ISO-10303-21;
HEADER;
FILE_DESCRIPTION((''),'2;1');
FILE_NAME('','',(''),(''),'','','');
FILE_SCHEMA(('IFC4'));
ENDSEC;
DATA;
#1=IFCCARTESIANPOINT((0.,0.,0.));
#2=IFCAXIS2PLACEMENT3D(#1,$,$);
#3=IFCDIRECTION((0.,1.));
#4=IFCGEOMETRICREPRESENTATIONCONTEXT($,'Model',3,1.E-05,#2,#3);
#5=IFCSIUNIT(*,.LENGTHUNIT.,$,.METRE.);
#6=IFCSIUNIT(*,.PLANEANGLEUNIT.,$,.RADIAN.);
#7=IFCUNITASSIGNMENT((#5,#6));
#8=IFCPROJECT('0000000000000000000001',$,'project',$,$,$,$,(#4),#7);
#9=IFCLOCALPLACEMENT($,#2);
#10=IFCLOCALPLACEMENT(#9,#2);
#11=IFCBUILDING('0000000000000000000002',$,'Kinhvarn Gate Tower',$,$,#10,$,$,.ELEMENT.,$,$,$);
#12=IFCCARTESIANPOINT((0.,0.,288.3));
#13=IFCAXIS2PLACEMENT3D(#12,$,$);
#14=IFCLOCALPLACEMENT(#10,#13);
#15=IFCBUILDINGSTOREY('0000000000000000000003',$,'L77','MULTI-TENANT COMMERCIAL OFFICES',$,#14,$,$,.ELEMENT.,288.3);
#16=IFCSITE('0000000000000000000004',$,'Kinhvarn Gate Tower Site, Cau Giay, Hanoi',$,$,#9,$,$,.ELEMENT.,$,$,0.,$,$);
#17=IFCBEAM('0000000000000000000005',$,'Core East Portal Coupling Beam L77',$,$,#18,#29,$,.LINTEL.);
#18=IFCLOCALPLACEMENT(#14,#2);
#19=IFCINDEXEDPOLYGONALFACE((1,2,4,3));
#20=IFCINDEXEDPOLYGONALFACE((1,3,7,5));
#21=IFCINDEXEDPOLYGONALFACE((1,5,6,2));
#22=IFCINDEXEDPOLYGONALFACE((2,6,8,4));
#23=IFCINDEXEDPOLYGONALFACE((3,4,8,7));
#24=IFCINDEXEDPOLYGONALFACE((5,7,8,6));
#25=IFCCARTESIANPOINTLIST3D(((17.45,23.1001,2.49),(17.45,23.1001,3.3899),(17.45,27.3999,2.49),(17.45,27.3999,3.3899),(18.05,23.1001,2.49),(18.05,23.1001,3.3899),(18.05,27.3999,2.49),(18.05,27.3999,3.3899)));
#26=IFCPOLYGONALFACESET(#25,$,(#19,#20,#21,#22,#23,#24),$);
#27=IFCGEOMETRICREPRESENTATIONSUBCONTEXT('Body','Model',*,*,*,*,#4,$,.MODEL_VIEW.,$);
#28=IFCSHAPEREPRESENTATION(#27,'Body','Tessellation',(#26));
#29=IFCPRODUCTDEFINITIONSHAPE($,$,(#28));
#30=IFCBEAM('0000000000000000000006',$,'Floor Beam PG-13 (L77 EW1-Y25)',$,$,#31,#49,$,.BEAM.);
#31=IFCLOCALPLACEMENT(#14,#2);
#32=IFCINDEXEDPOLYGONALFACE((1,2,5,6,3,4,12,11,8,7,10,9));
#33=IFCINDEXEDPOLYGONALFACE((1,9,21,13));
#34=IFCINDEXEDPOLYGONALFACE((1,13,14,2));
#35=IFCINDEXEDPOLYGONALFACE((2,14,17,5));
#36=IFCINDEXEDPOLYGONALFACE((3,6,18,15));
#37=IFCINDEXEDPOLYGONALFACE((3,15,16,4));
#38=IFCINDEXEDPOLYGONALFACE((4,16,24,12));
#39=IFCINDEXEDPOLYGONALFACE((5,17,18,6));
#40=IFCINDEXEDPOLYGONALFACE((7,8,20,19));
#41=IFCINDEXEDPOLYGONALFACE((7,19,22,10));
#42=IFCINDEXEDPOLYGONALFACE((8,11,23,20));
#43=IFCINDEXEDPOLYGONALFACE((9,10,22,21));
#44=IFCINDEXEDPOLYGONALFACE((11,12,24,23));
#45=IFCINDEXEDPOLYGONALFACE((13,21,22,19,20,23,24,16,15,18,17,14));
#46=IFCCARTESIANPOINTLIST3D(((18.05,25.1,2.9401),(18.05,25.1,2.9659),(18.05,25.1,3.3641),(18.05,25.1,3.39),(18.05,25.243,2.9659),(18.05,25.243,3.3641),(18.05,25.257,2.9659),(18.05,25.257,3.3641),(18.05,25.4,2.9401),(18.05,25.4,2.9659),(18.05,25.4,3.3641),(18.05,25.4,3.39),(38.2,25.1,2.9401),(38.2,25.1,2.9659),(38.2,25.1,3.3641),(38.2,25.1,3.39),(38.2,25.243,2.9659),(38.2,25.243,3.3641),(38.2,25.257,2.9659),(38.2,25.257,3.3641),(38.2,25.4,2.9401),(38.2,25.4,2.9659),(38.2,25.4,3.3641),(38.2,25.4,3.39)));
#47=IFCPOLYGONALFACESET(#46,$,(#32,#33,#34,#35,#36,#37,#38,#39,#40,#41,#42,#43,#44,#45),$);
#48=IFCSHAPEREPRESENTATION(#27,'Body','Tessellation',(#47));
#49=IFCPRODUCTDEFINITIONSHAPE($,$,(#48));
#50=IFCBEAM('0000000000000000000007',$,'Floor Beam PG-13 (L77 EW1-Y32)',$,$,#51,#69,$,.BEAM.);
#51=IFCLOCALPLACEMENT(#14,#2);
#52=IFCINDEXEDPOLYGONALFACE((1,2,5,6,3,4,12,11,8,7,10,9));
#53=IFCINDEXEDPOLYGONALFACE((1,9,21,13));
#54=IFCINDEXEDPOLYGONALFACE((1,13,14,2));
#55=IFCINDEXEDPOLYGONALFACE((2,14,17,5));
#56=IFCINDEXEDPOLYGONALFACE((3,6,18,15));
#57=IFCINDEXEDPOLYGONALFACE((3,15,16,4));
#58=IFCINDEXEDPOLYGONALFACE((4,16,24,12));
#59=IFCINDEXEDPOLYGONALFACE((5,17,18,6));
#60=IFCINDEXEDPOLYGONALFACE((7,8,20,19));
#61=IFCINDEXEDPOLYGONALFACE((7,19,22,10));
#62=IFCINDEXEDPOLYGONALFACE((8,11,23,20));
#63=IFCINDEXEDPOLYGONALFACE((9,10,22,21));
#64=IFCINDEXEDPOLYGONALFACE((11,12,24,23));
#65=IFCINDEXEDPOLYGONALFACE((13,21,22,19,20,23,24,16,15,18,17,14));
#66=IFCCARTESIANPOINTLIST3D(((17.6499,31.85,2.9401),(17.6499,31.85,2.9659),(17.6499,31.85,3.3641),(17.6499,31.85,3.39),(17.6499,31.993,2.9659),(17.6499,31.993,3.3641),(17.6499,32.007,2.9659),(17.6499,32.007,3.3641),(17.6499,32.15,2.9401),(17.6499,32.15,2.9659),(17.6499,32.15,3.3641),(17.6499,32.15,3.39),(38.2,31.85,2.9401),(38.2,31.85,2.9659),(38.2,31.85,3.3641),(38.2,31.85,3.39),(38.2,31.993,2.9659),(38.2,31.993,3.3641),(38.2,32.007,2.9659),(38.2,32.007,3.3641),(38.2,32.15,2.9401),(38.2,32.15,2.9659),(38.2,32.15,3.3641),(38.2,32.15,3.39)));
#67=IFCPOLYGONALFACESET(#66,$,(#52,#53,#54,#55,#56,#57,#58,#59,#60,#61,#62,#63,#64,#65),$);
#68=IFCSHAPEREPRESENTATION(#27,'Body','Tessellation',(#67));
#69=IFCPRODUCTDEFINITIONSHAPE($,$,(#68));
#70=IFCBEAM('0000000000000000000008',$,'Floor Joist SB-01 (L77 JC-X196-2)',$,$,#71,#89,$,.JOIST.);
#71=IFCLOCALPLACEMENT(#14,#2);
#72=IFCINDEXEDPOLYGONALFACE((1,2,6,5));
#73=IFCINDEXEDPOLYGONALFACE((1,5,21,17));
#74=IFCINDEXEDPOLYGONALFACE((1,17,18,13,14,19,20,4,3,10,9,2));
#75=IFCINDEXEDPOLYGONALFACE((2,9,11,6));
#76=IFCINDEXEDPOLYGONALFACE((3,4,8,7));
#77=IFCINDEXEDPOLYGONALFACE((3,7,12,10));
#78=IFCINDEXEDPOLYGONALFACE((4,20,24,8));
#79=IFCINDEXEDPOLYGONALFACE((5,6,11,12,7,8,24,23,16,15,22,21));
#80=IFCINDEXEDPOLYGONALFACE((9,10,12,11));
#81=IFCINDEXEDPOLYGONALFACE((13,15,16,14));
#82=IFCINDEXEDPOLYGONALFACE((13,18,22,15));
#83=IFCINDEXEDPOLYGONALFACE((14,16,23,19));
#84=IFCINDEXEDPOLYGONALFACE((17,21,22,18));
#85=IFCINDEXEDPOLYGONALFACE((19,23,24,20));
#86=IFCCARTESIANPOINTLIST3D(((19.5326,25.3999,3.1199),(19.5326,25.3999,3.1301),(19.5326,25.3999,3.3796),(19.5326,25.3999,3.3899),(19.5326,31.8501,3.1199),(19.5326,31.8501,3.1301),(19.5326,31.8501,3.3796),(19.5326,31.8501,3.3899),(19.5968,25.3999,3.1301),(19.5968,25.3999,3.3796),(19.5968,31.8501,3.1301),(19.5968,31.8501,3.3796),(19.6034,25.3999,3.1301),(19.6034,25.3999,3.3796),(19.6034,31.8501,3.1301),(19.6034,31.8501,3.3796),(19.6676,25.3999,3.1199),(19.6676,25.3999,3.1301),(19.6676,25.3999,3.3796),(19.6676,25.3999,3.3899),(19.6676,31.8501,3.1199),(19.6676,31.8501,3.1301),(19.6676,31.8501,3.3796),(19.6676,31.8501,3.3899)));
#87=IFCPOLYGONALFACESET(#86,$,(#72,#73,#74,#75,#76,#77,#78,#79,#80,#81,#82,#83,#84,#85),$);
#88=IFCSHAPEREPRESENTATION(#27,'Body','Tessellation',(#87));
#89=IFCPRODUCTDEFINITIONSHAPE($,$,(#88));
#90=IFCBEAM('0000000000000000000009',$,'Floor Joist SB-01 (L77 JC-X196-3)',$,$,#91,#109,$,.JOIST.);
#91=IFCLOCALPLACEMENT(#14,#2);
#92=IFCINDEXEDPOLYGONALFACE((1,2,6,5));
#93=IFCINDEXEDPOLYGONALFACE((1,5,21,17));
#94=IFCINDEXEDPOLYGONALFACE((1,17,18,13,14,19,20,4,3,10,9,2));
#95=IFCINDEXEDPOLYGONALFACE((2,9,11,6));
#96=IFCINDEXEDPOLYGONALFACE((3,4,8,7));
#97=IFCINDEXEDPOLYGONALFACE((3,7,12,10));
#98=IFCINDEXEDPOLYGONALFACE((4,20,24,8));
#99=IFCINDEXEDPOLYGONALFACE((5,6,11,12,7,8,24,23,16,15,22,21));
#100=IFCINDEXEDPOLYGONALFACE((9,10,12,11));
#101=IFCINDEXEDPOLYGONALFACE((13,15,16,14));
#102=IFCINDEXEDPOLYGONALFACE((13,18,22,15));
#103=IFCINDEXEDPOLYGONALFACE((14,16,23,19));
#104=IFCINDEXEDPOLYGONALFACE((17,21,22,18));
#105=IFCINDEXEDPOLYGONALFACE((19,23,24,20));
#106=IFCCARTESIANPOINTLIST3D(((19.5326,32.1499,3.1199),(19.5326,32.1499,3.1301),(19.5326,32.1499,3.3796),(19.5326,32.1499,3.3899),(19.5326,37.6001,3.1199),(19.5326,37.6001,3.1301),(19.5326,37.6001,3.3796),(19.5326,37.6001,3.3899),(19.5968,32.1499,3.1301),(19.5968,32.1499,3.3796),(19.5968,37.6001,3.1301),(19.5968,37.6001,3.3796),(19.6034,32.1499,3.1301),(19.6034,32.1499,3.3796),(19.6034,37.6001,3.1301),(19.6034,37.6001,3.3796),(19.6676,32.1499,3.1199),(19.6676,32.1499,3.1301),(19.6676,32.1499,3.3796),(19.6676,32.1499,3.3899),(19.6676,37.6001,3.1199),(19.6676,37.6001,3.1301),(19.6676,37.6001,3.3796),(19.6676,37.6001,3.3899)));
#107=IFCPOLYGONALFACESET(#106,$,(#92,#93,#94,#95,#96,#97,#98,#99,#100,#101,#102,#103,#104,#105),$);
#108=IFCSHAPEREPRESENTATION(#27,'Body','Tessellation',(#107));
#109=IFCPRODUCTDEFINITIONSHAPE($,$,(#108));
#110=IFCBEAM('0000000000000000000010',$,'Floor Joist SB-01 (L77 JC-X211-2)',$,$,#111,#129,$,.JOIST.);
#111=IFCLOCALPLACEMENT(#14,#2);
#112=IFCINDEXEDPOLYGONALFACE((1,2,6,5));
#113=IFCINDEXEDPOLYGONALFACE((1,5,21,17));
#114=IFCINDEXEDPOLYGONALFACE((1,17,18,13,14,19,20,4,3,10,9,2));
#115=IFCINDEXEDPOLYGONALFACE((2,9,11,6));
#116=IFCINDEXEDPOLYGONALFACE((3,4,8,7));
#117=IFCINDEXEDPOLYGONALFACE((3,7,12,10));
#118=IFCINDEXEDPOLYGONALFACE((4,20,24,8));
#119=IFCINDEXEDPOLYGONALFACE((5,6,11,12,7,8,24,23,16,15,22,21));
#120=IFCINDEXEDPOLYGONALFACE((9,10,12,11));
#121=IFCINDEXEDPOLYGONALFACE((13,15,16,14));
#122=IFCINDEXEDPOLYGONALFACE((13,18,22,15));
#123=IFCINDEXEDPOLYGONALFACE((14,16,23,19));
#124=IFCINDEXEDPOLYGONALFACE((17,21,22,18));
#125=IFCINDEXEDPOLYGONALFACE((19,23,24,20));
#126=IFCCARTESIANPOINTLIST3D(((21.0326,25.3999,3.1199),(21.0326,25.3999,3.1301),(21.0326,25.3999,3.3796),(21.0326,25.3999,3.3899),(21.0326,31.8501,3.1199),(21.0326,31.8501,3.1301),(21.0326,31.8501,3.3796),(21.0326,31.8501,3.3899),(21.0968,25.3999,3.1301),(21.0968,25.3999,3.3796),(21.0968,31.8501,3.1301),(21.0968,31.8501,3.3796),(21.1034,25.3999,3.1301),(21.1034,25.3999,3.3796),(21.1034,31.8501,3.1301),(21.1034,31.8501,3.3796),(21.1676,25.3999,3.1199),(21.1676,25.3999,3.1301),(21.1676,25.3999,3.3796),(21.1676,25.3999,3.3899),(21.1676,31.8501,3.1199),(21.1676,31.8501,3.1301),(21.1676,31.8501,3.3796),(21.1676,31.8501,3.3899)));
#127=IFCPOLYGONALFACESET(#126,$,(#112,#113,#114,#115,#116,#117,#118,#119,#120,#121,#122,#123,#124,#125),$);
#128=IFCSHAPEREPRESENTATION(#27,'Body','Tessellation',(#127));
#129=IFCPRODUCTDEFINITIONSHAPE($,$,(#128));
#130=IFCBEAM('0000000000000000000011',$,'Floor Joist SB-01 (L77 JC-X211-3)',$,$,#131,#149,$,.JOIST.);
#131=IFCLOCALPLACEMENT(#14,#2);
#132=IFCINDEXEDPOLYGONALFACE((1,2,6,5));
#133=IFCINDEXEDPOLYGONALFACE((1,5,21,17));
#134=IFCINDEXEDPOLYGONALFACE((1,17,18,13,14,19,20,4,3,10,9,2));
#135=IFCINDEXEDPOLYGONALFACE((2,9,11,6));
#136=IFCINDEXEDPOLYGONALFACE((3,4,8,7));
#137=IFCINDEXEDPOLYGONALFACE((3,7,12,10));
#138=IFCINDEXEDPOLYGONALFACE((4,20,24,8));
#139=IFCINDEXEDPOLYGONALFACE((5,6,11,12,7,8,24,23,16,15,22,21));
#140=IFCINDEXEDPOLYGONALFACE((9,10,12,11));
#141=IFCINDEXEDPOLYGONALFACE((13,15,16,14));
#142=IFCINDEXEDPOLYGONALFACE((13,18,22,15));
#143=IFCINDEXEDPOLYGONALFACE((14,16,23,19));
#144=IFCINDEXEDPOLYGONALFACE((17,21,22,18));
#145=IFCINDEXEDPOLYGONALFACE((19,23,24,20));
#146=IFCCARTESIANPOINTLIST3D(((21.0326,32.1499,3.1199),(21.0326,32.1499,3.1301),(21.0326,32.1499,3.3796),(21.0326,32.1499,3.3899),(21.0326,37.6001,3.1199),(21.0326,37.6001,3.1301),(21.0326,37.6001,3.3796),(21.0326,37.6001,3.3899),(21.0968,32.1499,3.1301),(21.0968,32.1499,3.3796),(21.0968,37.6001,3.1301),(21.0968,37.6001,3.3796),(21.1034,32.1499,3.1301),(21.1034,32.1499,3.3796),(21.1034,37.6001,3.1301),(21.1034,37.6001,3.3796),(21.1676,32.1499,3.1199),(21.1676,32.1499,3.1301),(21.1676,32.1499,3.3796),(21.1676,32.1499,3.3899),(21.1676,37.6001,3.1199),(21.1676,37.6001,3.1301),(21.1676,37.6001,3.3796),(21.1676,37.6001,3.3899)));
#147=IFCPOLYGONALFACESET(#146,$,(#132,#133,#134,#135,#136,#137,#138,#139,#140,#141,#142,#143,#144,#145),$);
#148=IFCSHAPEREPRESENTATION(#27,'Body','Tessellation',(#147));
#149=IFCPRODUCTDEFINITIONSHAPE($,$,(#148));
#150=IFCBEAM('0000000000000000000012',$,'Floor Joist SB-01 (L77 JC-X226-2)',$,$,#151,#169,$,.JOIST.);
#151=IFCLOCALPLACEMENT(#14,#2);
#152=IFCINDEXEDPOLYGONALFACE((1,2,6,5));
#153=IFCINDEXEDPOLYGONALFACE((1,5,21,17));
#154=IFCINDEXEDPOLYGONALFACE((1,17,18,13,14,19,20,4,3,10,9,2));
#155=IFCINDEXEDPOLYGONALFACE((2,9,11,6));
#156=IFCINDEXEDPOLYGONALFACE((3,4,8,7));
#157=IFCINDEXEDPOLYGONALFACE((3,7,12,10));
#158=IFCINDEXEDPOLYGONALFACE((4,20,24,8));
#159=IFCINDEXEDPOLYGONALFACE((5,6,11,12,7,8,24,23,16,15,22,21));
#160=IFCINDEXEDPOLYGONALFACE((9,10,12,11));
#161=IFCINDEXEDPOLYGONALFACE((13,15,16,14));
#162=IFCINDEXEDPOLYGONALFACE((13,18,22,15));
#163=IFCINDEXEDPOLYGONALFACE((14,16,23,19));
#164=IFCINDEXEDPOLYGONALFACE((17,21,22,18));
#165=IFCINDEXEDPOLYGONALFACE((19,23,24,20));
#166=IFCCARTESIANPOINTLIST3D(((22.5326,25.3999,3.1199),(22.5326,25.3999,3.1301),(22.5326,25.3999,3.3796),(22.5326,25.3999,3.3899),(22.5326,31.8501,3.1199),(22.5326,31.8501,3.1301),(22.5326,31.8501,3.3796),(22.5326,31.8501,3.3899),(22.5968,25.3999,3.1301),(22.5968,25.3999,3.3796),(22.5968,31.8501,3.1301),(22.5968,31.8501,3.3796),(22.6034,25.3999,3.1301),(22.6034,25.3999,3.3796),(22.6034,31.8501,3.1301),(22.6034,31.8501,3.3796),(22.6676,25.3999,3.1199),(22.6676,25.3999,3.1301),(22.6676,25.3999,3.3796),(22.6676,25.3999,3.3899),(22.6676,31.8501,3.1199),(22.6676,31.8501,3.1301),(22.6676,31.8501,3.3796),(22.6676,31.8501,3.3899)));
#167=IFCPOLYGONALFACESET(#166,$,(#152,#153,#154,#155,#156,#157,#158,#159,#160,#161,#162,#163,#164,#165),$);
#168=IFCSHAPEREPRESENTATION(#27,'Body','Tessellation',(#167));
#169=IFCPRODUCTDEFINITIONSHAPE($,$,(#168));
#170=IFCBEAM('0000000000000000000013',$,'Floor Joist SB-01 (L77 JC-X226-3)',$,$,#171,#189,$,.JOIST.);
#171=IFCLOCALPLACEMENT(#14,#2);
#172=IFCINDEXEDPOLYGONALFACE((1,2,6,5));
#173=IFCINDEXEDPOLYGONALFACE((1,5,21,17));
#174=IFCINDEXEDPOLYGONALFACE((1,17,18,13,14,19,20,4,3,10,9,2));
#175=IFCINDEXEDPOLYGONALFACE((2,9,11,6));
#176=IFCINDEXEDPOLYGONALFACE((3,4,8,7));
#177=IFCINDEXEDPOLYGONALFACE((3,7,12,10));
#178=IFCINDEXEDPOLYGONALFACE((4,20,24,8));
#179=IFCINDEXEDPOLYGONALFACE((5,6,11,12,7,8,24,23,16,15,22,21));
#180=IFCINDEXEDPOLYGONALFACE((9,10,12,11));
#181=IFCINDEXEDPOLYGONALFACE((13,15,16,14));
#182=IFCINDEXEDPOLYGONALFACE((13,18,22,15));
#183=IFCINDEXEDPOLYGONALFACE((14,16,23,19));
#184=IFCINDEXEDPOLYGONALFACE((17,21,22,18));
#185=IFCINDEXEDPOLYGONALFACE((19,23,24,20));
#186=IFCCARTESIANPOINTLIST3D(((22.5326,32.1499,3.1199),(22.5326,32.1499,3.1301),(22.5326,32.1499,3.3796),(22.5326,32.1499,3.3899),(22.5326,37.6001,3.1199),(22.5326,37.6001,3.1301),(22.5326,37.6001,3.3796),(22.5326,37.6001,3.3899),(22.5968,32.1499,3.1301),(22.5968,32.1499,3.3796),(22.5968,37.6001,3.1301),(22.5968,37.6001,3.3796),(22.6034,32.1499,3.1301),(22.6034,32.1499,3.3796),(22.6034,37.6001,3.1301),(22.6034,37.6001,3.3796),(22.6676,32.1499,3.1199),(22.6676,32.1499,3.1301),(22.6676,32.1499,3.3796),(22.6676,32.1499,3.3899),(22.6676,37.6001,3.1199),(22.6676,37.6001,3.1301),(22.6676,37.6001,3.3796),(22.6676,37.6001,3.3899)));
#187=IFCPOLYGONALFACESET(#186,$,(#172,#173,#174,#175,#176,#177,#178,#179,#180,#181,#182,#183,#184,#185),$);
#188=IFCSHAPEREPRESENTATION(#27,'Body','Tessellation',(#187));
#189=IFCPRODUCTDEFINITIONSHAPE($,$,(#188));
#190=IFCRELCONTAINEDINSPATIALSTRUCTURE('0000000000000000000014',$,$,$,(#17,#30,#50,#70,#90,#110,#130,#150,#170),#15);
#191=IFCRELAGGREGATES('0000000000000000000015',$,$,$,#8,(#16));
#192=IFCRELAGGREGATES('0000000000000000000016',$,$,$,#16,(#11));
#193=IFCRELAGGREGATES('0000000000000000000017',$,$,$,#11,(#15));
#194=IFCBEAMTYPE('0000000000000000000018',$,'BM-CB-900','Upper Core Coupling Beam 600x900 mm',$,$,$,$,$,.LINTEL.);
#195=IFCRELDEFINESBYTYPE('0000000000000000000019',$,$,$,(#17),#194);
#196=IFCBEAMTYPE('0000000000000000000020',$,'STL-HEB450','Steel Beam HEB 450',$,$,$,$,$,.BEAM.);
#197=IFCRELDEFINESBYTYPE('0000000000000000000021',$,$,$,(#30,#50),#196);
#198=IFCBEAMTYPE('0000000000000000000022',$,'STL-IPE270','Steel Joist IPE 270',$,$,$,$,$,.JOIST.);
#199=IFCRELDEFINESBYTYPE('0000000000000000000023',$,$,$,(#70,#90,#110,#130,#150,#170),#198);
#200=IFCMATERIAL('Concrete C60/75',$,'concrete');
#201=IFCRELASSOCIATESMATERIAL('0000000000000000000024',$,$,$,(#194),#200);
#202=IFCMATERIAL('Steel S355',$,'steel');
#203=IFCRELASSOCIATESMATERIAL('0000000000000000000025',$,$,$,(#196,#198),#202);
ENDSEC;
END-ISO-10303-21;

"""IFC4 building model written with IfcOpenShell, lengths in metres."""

from ifc_helpers import new_model, si_unit, direction, frame, origin, origin_2d, place, context, subcontext, project, spatial, rectangle, i_section, extrude, material, material_profile, profile_set, type_object, element, save


model = new_model("IFC4")

# Units and contexts
model_context = context("Model", 3, precision=1e-05, world=origin(), true_north=direction((0.0, 1.0)))
body_context = subcontext(model_context, "Body", "Model", "MODEL_VIEW")
ifc_project = project(units=[si_unit("LENGTHUNIT", "METRE"), si_unit("PLANEANGLEUNIT", "RADIAN")], contexts=[model_context])

# Site, building, storey
site_placement = place(None, origin())
site = spatial("IfcSite", under=ifc_project, at=site_placement, Name="Kinhvarn Gate Tower Site, Cau Giay, Hanoi", CompositionType="ELEMENT", RefElevation=0.0)
building_placement = place(site_placement, origin())
building = spatial("IfcBuilding", under=site, at=building_placement, Name="Kinhvarn Gate Tower", CompositionType="ELEMENT")
storey_placement = place(building_placement, frame((0.0, 0.0, 288.3)))
storey = spatial("IfcBuildingStorey", under=building, at=storey_placement, Name="L77", Description="MULTI-TENANT COMMERCIAL OFFICES", CompositionType="ELEMENT", Elevation=288.3)

# Beams
ifc_material_1 = material(Name="Concrete C60/75", Category="concrete")
ifc_material_profile_1 = material_profile(ifc_material_1, rectangle(XDim=0.6001, YDim=0.8999, at=origin_2d()), Name="RC 600x900")
ifc_profile_set_1 = profile_set([ifc_material_profile_1], Name="Concrete C60/75")
beam_type_1 = type_object("IfcBeamType", Name="BM-CB-900", Description="Upper Core Coupling Beam 600x900 mm", PredefinedType="LINTEL", material=ifc_profile_set_1)
beam_1_placement = place(storey_placement, frame((17.75, 23.1001, 2.9399), z_axis=(0.0, 1.0, 0.0), x_axis=(-1.0, 0.0, 0.0)))
element("IfcBeam", 1, at=beam_1_placement, inside=storey, type_object=beam_type_1, Name="Core East Portal Coupling Beam L77", PredefinedType="LINTEL", context=body_context, shape_type="SweptSolid", body=[
    extrude(rectangle(XDim=0.6001, YDim=0.8999, at=origin_2d()), origin(), (0.0, 0.0, 1.0), 4.2998),
])
ifc_material_2 = material(Name="Steel S355", Category="steel")
ifc_material_profile_2 = material_profile(ifc_material_2, i_section(OverallWidth=0.3, OverallDepth=0.45, WebThickness=0.0139, FlangeThickness=0.0259, at=origin_2d()), Name="HEB 450")
ifc_profile_set_2 = profile_set([ifc_material_profile_2], Name="Steel S355")
beam_type_2 = type_object("IfcBeamType", Name="STL-HEB450", Description="Steel Beam HEB 450", PredefinedType="BEAM", material=ifc_profile_set_2)
beam_2_placement = place(storey_placement, frame((18.05, 25.25, 3.165), z_axis=(1.0, 0.0, 0.0), x_axis=(0.0, 1.0, 0.0)))
element("IfcBeam", 2, at=beam_2_placement, inside=storey, type_object=beam_type_2, Name="Floor Beam PG-13 (L77 EW1-Y25)", PredefinedType="BEAM", context=body_context, shape_type="SweptSolid", body=[
    extrude(i_section(OverallWidth=0.3, OverallDepth=0.45, WebThickness=0.0139, FlangeThickness=0.0259, at=origin_2d()), origin(), (0.0, 0.0, 1.0), 20.1499),
])
beam_3_placement = place(storey_placement, frame((17.6499, 32.0, 3.165), z_axis=(1.0, 0.0, 0.0), x_axis=(0.0, 1.0, 0.0)))
element("IfcBeam", 3, at=beam_3_placement, inside=storey, type_object=beam_type_2, Name="Floor Beam PG-13 (L77 EW1-Y32)", PredefinedType="BEAM", context=body_context, shape_type="SweptSolid", body=[
    extrude(i_section(OverallWidth=0.3, OverallDepth=0.45, WebThickness=0.0139, FlangeThickness=0.0259, at=origin_2d()), origin(), (0.0, 0.0, 1.0), 20.55),
])
ifc_material_profile_3 = material_profile(ifc_material_2, i_section(OverallWidth=0.135, OverallDepth=0.27, WebThickness=0.0066, FlangeThickness=0.0103, at=origin_2d()), Name="IPE 270")
ifc_profile_set_3 = profile_set([ifc_material_profile_3], Name="Steel S355")
beam_type_3 = type_object("IfcBeamType", Name="STL-IPE270", Description="Steel Joist IPE 270", PredefinedType="JOIST", material=ifc_profile_set_3)
beam_4_placement = place(storey_placement, frame((19.6001, 25.3999, 3.2549), z_axis=(0.0, 1.0, 0.0), x_axis=(-1.0, 0.0, 0.0)))
element("IfcBeam", 4, at=beam_4_placement, inside=storey, type_object=beam_type_3, Name="Floor Joist SB-01 (L77 JC-X196-2)", PredefinedType="JOIST", context=body_context, shape_type="SweptSolid", body=[
    extrude(i_section(OverallWidth=0.135, OverallDepth=0.27, WebThickness=0.0066, FlangeThickness=0.0103, at=origin_2d()), origin(), (0.0, 0.0, 1.0), 6.4502),
])
beam_5_placement = place(storey_placement, frame((19.6001, 32.1499, 3.2549), z_axis=(0.0, 1.0, 0.0), x_axis=(-1.0, 0.0, 0.0)))
element("IfcBeam", 5, at=beam_5_placement, inside=storey, type_object=beam_type_3, Name="Floor Joist SB-01 (L77 JC-X196-3)", PredefinedType="JOIST", context=body_context, shape_type="SweptSolid", body=[
    extrude(i_section(OverallWidth=0.135, OverallDepth=0.27, WebThickness=0.0066, FlangeThickness=0.0103, at=origin_2d()), origin(), (0.0, 0.0, 1.0), 5.4502),
])
beam_6_placement = place(storey_placement, frame((21.1001, 25.3999, 3.2549), z_axis=(0.0, 1.0, 0.0), x_axis=(-1.0, 0.0, 0.0)))
element("IfcBeam", 6, at=beam_6_placement, inside=storey, type_object=beam_type_3, Name="Floor Joist SB-01 (L77 JC-X211-2)", PredefinedType="JOIST", context=body_context, shape_type="SweptSolid", body=[
    extrude(i_section(OverallWidth=0.135, OverallDepth=0.27, WebThickness=0.0066, FlangeThickness=0.0103, at=origin_2d()), origin(), (0.0, 0.0, 1.0), 6.4502),
])
beam_7_placement = place(storey_placement, frame((21.1001, 32.1499, 3.2549), z_axis=(0.0, 1.0, 0.0), x_axis=(-1.0, 0.0, 0.0)))
element("IfcBeam", 7, at=beam_7_placement, inside=storey, type_object=beam_type_3, Name="Floor Joist SB-01 (L77 JC-X211-3)", PredefinedType="JOIST", context=body_context, shape_type="SweptSolid", body=[
    extrude(i_section(OverallWidth=0.135, OverallDepth=0.27, WebThickness=0.0066, FlangeThickness=0.0103, at=origin_2d()), origin(), (0.0, 0.0, 1.0), 5.4502),
])
beam_8_placement = place(storey_placement, frame((22.6001, 25.3999, 3.2549), z_axis=(0.0, 1.0, 0.0), x_axis=(-1.0, 0.0, 0.0)))
element("IfcBeam", 8, at=beam_8_placement, inside=storey, type_object=beam_type_3, Name="Floor Joist SB-01 (L77 JC-X226-2)", PredefinedType="JOIST", context=body_context, shape_type="SweptSolid", body=[
    extrude(i_section(OverallWidth=0.135, OverallDepth=0.27, WebThickness=0.0066, FlangeThickness=0.0103, at=origin_2d()), origin(), (0.0, 0.0, 1.0), 6.4502),
])
beam_9_placement = place(storey_placement, frame((22.6001, 32.1499, 3.2549), z_axis=(0.0, 1.0, 0.0), x_axis=(-1.0, 0.0, 0.0)))
element("IfcBeam", 9, at=beam_9_placement, inside=storey, type_object=beam_type_3, Name="Floor Joist SB-01 (L77 JC-X226-3)", PredefinedType="JOIST", context=body_context, shape_type="SweptSolid", body=[
    extrude(i_section(OverallWidth=0.135, OverallDepth=0.27, WebThickness=0.0066, FlangeThickness=0.0103, at=origin_2d()), origin(), (0.0, 0.0, 1.0), 5.4502),
])

save(model, "model.ifc")
